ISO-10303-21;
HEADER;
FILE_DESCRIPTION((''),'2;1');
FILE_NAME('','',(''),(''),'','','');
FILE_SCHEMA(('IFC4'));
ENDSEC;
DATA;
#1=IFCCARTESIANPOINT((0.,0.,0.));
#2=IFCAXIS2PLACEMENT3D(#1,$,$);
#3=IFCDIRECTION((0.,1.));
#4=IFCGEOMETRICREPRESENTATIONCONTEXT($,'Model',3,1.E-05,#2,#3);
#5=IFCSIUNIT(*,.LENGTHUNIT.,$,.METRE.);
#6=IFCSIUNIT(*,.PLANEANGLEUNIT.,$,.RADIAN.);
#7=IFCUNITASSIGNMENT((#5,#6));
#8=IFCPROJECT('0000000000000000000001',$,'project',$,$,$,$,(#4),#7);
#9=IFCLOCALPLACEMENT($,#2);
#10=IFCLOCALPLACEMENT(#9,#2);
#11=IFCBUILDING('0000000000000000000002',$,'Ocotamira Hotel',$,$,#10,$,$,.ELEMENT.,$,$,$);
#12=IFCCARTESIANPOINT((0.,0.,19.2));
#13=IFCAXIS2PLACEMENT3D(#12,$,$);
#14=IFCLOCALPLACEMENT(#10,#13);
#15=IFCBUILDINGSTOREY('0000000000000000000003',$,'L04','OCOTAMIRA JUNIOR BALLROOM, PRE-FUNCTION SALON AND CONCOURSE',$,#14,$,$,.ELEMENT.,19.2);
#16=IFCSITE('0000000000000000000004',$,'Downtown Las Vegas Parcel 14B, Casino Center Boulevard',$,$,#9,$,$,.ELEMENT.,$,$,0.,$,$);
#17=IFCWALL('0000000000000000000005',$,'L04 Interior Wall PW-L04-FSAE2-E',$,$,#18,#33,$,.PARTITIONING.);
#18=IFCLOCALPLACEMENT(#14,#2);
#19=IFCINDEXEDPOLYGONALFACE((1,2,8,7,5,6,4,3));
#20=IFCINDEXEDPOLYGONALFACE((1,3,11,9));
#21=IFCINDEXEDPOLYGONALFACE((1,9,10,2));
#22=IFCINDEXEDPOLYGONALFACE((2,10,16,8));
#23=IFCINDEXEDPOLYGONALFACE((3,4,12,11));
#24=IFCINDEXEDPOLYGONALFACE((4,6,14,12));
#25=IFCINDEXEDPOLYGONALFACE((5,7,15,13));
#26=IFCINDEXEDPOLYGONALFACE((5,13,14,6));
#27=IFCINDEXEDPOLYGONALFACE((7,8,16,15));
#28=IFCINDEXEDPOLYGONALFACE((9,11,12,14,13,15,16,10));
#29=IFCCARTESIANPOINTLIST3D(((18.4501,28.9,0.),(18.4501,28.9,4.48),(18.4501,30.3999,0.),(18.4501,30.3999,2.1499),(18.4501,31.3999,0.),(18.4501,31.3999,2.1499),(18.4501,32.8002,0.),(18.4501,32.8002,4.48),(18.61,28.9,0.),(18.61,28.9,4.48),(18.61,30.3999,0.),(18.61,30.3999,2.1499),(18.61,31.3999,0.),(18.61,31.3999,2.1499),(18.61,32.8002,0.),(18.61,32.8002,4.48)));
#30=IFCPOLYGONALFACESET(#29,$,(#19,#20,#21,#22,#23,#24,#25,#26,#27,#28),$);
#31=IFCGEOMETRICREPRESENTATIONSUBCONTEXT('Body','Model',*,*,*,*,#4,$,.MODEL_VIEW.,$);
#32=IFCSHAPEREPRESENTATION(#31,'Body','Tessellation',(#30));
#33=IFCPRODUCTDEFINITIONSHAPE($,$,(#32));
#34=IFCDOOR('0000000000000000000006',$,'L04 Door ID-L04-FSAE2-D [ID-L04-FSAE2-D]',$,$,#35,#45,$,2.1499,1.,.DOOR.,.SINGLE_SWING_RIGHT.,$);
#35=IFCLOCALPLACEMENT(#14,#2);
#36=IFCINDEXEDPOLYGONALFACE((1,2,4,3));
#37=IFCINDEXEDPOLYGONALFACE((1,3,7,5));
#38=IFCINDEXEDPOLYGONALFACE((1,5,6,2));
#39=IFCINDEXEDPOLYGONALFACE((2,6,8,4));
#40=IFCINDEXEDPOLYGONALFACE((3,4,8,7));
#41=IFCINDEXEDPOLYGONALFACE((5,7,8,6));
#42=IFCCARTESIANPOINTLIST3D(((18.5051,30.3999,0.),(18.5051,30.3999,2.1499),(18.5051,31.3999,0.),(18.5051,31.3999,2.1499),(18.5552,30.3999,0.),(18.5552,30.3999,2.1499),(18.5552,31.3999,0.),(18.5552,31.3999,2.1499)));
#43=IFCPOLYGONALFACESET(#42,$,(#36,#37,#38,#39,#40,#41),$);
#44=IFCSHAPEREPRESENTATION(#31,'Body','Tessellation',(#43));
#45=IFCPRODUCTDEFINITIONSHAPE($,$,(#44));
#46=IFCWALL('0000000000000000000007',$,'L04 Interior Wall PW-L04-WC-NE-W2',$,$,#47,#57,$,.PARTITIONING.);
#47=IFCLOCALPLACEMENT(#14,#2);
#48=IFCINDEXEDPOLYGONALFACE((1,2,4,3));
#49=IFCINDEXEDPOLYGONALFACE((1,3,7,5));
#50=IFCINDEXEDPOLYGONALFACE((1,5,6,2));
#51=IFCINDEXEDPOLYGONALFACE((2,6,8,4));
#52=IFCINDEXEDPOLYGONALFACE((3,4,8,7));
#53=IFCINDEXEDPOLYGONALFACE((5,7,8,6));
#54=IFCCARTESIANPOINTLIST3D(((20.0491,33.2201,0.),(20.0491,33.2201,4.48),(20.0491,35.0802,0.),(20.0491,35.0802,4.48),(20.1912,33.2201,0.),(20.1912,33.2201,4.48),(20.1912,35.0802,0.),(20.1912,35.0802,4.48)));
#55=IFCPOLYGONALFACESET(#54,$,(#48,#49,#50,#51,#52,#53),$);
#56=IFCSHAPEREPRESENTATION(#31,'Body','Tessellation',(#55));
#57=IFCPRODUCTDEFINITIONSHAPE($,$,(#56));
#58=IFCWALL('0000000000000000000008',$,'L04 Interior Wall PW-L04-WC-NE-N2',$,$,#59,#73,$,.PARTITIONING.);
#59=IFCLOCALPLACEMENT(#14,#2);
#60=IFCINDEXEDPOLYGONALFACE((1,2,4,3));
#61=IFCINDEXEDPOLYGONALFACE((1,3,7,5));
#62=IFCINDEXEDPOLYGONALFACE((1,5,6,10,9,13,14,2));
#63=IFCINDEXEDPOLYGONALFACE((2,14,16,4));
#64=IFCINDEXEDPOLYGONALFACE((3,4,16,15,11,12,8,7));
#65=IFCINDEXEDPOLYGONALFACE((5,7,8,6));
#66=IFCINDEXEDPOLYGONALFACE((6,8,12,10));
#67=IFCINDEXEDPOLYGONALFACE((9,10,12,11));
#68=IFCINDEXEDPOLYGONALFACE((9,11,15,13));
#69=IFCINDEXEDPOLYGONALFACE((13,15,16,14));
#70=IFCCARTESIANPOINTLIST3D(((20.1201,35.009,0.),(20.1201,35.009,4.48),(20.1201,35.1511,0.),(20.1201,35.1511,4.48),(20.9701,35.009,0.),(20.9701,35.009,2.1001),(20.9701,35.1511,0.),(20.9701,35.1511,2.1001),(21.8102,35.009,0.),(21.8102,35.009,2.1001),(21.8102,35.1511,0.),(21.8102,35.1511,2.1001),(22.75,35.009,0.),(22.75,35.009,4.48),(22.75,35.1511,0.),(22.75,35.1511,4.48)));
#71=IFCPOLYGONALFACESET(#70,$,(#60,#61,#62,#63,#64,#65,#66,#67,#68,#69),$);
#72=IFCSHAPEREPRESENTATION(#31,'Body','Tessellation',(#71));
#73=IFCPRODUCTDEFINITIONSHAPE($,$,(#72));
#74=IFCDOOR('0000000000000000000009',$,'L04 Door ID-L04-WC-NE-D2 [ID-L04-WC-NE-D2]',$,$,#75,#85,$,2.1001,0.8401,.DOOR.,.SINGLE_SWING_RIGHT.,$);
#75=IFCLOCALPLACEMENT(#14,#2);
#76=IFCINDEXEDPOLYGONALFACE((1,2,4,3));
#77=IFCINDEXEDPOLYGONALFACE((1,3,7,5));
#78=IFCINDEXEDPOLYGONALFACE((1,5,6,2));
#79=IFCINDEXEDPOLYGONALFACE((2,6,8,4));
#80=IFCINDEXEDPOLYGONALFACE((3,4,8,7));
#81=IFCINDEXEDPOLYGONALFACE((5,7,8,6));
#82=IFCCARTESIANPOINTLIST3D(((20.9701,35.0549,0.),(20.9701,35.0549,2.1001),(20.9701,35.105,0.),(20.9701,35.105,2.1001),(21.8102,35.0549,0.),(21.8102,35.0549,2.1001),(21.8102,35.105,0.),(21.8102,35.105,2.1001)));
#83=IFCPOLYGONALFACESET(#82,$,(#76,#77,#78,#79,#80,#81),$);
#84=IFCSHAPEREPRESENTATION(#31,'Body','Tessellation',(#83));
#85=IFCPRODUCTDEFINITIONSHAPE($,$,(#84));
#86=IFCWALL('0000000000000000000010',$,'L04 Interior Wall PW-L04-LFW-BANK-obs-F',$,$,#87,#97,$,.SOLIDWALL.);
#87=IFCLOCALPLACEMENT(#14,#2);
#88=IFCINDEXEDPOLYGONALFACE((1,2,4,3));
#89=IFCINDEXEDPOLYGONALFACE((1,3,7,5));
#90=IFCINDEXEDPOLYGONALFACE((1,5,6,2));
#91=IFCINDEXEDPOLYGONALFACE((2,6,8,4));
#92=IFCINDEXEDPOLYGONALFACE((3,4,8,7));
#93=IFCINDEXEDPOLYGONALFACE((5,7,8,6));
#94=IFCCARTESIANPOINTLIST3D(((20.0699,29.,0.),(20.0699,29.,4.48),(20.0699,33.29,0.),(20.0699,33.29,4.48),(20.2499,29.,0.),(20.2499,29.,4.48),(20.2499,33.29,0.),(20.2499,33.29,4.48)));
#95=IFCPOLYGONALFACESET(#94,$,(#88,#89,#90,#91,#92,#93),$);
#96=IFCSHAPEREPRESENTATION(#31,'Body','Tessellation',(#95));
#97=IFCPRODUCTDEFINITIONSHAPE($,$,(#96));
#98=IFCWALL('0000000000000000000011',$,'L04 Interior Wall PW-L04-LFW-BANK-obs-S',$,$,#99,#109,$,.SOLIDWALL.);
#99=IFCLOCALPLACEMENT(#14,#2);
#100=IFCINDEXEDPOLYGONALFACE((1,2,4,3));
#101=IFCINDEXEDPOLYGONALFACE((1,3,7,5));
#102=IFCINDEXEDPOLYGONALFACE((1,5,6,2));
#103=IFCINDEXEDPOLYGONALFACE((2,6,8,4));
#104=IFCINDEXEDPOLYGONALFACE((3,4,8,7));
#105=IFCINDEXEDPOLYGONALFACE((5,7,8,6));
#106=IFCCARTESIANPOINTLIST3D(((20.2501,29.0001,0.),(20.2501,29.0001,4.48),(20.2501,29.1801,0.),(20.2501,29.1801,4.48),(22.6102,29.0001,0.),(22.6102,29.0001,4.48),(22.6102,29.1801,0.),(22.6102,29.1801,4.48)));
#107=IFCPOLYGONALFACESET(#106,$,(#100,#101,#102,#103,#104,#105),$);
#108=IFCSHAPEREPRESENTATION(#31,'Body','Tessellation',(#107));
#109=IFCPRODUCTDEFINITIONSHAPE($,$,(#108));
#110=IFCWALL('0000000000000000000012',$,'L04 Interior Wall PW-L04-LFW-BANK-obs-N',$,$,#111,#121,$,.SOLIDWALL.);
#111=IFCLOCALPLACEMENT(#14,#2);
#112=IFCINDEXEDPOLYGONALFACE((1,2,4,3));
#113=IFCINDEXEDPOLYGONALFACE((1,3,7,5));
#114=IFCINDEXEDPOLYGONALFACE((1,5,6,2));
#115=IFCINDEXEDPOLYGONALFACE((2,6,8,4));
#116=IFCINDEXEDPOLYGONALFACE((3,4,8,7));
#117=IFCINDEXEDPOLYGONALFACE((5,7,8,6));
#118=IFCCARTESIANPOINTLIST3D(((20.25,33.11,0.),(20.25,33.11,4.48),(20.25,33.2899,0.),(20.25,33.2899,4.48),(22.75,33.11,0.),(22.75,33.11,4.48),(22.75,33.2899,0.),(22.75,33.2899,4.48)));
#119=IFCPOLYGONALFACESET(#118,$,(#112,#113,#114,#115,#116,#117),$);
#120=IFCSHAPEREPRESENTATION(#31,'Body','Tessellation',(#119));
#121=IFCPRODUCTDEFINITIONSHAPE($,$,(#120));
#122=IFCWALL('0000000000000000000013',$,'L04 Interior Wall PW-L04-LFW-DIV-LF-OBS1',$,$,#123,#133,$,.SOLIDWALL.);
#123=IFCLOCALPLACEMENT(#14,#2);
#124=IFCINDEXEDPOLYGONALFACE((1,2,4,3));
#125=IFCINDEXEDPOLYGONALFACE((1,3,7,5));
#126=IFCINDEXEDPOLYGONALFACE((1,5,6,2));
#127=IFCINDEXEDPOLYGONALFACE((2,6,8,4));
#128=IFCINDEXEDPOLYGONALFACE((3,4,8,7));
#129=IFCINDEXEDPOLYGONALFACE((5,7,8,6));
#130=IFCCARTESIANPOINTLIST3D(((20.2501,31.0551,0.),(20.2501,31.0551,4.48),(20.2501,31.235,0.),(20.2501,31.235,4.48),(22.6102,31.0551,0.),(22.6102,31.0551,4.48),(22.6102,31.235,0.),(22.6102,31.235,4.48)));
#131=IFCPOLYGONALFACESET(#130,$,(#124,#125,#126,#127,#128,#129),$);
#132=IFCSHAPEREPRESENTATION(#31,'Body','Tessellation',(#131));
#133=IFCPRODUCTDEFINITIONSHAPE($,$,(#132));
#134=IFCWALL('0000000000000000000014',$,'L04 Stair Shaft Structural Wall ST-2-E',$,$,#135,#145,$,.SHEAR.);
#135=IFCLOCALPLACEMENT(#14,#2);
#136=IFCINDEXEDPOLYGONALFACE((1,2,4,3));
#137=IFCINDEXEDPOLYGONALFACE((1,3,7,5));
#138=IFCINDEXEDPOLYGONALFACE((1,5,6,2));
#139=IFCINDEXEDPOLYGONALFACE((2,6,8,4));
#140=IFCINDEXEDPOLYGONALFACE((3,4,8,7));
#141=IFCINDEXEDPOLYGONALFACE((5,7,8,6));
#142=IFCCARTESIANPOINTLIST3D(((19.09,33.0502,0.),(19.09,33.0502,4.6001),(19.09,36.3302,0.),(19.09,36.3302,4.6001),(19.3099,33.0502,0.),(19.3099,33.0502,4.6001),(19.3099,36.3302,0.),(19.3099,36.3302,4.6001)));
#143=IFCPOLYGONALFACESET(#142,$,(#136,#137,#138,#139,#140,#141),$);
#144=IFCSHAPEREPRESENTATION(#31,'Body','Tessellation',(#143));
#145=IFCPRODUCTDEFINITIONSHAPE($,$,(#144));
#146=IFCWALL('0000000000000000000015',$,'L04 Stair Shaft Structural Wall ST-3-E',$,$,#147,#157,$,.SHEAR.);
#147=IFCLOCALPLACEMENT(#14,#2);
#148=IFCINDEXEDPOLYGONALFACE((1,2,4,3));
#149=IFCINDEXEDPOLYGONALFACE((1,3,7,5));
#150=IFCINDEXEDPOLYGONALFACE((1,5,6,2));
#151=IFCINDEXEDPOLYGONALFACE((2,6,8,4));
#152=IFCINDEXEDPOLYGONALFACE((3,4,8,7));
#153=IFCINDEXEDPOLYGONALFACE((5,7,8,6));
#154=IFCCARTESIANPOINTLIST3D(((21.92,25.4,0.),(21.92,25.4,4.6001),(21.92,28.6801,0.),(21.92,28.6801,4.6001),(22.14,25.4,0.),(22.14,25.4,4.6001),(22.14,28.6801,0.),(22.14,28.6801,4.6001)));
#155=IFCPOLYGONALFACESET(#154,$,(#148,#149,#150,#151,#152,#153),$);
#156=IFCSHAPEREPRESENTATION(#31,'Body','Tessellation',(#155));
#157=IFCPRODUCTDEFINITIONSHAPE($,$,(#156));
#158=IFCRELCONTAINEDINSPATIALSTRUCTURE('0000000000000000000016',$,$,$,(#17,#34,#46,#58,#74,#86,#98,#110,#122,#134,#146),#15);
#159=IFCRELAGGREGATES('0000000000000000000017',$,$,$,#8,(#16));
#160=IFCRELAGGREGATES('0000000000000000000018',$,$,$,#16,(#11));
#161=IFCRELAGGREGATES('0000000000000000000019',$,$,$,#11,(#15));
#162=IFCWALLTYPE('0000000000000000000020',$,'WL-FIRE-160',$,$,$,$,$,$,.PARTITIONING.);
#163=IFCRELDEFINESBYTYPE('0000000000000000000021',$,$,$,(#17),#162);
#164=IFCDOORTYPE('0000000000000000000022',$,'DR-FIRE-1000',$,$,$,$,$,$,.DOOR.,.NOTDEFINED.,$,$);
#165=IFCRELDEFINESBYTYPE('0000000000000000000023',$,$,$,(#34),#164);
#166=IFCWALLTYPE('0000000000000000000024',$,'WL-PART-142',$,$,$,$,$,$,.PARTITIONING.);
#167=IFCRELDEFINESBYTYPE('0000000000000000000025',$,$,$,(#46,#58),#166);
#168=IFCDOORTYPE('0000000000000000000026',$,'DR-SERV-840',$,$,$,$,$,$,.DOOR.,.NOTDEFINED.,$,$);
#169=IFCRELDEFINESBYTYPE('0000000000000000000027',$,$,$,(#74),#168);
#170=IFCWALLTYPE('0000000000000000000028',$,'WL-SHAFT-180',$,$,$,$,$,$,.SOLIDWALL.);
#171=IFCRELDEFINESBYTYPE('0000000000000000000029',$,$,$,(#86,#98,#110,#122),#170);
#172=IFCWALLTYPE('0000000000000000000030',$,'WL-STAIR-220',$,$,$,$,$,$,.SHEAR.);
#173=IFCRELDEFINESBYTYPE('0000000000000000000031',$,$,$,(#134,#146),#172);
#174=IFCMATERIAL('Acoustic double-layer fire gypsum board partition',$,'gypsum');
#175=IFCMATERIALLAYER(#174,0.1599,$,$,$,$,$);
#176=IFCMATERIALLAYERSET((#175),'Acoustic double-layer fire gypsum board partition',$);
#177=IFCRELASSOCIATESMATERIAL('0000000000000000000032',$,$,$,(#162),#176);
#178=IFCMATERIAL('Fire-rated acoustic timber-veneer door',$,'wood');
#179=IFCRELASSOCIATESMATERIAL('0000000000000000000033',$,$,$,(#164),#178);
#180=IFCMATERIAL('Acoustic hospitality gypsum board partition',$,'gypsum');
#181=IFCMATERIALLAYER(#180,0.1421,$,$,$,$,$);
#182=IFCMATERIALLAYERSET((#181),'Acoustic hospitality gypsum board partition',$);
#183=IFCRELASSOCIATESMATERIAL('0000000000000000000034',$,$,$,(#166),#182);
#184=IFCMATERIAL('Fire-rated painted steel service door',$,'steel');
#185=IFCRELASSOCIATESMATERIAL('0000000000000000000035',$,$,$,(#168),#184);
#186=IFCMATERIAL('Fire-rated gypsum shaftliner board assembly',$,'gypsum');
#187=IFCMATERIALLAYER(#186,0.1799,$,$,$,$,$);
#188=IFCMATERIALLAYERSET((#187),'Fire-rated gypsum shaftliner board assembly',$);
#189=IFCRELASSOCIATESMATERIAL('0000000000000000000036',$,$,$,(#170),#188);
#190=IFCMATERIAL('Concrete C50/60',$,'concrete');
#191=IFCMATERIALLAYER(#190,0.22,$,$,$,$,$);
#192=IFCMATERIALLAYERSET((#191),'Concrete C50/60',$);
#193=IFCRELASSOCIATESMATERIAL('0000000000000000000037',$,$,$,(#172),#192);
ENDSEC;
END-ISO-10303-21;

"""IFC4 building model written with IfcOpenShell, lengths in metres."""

from ifc_helpers import new_model, si_unit, direction, frame, frame_2d, origin, place, context, subcontext, project, spatial, rectangle, extrude, source, transform, mapped, material, layer, layer_set, type_object, element, fill, save


model = new_model("IFC4")

# Units and contexts
model_context = context("Model", 3, precision=1e-05, world=origin(), true_north=direction((0.0, 1.0)))
body_context = subcontext(model_context, "Body", "Model", "MODEL_VIEW")
ifc_project = project(units=[si_unit("LENGTHUNIT", "METRE"), si_unit("PLANEANGLEUNIT", "RADIAN")], contexts=[model_context])

# Site, building, storey
site_placement = place(None, origin())
site = spatial("IfcSite", under=ifc_project, at=site_placement, Name="Downtown Las Vegas Parcel 14B, Casino Center Boulevard", CompositionType="ELEMENT", RefElevation=0.0)
building_placement = place(site_placement, origin())
building = spatial("IfcBuilding", under=site, at=building_placement, Name="Ocotamira Hotel", CompositionType="ELEMENT")
storey_placement = place(building_placement, frame((0.0, 0.0, 19.2)))
storey = spatial("IfcBuildingStorey", under=building, at=storey_placement, Name="L04", Description="OCOTAMIRA JUNIOR BALLROOM, PRE-FUNCTION SALON AND CONCOURSE", CompositionType="ELEMENT", Elevation=19.2)

# Wall, opening, door
ifc_material_1 = material(Name="Acoustic double-layer fire gypsum board partition", Category="gypsum")
ifc_layer_1 = layer(ifc_material_1, 0.1599)
ifc_layer_set_1 = layer_set([ifc_layer_1], Name="Acoustic double-layer fire gypsum board partition")
wall_type_1 = type_object("IfcWallType", Name="WL-FIRE-160", PredefinedType="PARTITIONING", material=ifc_layer_set_1)
wall_1_placement = place(storey_placement, frame((18.53, 28.8999, 0.0), z_axis=(0.0, 0.0, 1.0), x_axis=(0.0, 1.0, 0.0)))
wall_1 = element("IfcWall", 1, at=wall_1_placement, inside=storey, type_object=wall_type_1, Name="L04 Interior Wall PW-L04-FSAE2-E", PredefinedType="PARTITIONING", context=body_context, shape_type="SweptSolid", body=[
    extrude(rectangle(XDim=3.9001, YDim=0.1599, at=frame_2d((1.9502, 0.0))), origin(), (0.0, 0.0, 1.0), 4.48),
])
opening_1_placement = place(wall_1_placement, frame((1.5, 0.0, 0.0)))
opening_1 = element("IfcOpeningElement", 2, at=opening_1_placement, cuts=wall_1, PredefinedType="OPENING", context=body_context, shape_type="SweptSolid", body=[
    extrude(rectangle(XDim=1.0, YDim=2.1499, at=frame_2d((0.5, 1.075))), frame((0.0, 0.0898, 0.0), z_axis=(0.0, -1.0, 0.0), x_axis=(1.0, 0.0, 0.0)), (0.0, 0.0, 1.0), 0.1799),
])
ifc_material_2 = material(Name="Fire-rated acoustic timber-veneer door", Category="wood")
door_type_1 = type_object("IfcDoorType", Name="DR-FIRE-1000", OperationType="NOTDEFINED", PredefinedType="DOOR", material=ifc_material_2)
shared_shape_1 = source(origin(), body_context, "Body", "SweptSolid", [
    extrude(rectangle(XDim=1.0, YDim=2.1499, at=frame_2d((0.5, 1.075))), frame((0.0, 0.0249, 0.0), z_axis=(0.0, -1.0, 0.0), x_axis=(1.0, 0.0, 0.0)), (0.0, 0.0, 1.0), 0.05),
])
door_1_placement = place(opening_1_placement, origin())
door_1 = element("IfcDoor", 3, at=door_1_placement, inside=storey, type_object=door_type_1, Name="L04 Door ID-L04-FSAE2-D [ID-L04-FSAE2-D]", OperationType="SINGLE_SWING_RIGHT", OverallHeight=2.1499, OverallWidth=1.0, PredefinedType="DOOR", context=body_context, shape_type="MappedRepresentation", body=[
    mapped(shared_shape_1, transform((0.0, 0.0, 0.0), scale=1.0)),
])
fill(opening_1, door_1)

# Wall
ifc_material_3 = material(Name="Acoustic hospitality gypsum board partition", Category="gypsum")
ifc_layer_2 = layer(ifc_material_3, 0.1421)
ifc_layer_set_2 = layer_set([ifc_layer_2], Name="Acoustic hospitality gypsum board partition")
wall_type_2 = type_object("IfcWallType", Name="WL-PART-142", PredefinedType="PARTITIONING", material=ifc_layer_set_2)
wall_2_placement = place(storey_placement, frame((20.1201, 33.22, 0.0), z_axis=(0.0, 0.0, 1.0), x_axis=(0.0, 1.0, 0.0)))
element("IfcWall", 4, at=wall_2_placement, inside=storey, type_object=wall_type_2, Name="L04 Interior Wall PW-L04-WC-NE-W2", PredefinedType="PARTITIONING", context=body_context, shape_type="SweptSolid", body=[
    extrude(rectangle(XDim=1.8601, YDim=0.1421, at=frame_2d((0.9302, 0.0))), origin(), (0.0, 0.0, 1.0), 4.48),
])

# Wall, opening, door
wall_3_placement = place(storey_placement, frame((20.1201, 35.0801, 0.0), z_axis=(0.0, 0.0, 1.0), x_axis=(1.0, 0.0, 0.0)))
wall_3 = element("IfcWall", 5, at=wall_3_placement, inside=storey, type_object=wall_type_2, Name="L04 Interior Wall PW-L04-WC-NE-N2", PredefinedType="PARTITIONING", context=body_context, shape_type="SweptSolid", body=[
    extrude(rectangle(XDim=2.6299, YDim=0.1421, at=frame_2d((1.3149, 0.0))), origin(), (0.0, 0.0, 1.0), 4.48),
])
opening_2_placement = place(wall_3_placement, frame((0.8501, 0.0, 0.0)))
opening_2 = element("IfcOpeningElement", 6, at=opening_2_placement, cuts=wall_3, PredefinedType="OPENING", context=body_context, shape_type="SweptSolid", body=[
    extrude(rectangle(XDim=0.8401, YDim=2.1001, at=frame_2d((0.4199, 1.05))), frame((0.0, 0.0811, 0.0), z_axis=(0.0, -1.0, 0.0), x_axis=(1.0, 0.0, 0.0)), (0.0, 0.0, 1.0), 0.1621),
])
ifc_material_4 = material(Name="Fire-rated painted steel service door", Category="steel")
door_type_2 = type_object("IfcDoorType", Name="DR-SERV-840", OperationType="NOTDEFINED", PredefinedType="DOOR", material=ifc_material_4)
shared_shape_2 = source(origin(), body_context, "Body", "SweptSolid", [
    extrude(rectangle(XDim=0.8401, YDim=2.1001, at=frame_2d((0.4199, 1.05))), frame((0.0, 0.0249, 0.0), z_axis=(0.0, -1.0, 0.0), x_axis=(1.0, 0.0, 0.0)), (0.0, 0.0, 1.0), 0.05),
])
door_2_placement = place(opening_2_placement, origin())
door_2 = element("IfcDoor", 7, at=door_2_placement, inside=storey, type_object=door_type_2, Name="L04 Door ID-L04-WC-NE-D2 [ID-L04-WC-NE-D2]", OperationType="SINGLE_SWING_RIGHT", OverallHeight=2.1001, OverallWidth=0.8401, PredefinedType="DOOR", context=body_context, shape_type="MappedRepresentation", body=[
    mapped(shared_shape_2, transform((0.0, 0.0, 0.0), scale=1.0)),
])
fill(opening_2, door_2)

# Walls
ifc_material_5 = material(Name="Fire-rated gypsum shaftliner board assembly", Category="gypsum")
ifc_layer_3 = layer(ifc_material_5, 0.1799)
ifc_layer_set_3 = layer_set([ifc_layer_3], Name="Fire-rated gypsum shaftliner board assembly")
wall_type_3 = type_object("IfcWallType", Name="WL-SHAFT-180", PredefinedType="SOLIDWALL", material=ifc_layer_set_3)
wall_4_placement = place(storey_placement, frame((20.1599, 29.0, 0.0), z_axis=(0.0, 0.0, 1.0), x_axis=(0.0, 1.0, 0.0)))
element("IfcWall", 8, at=wall_4_placement, inside=storey, type_object=wall_type_3, Name="L04 Interior Wall PW-L04-LFW-BANK-obs-F", PredefinedType="SOLIDWALL", context=body_context, shape_type="SweptSolid", body=[
    extrude(rectangle(XDim=4.29, YDim=0.1799, at=frame_2d((2.145, 0.0))), origin(), (0.0, 0.0, 1.0), 4.48),
])
wall_5_placement = place(storey_placement, frame((20.25, 29.0901, 0.0), z_axis=(0.0, 0.0, 1.0), x_axis=(1.0, 0.0, 0.0)))
element("IfcWall", 9, at=wall_5_placement, inside=storey, type_object=wall_type_3, Name="L04 Interior Wall PW-L04-LFW-BANK-obs-S", PredefinedType="SOLIDWALL", context=body_context, shape_type="SweptSolid", body=[
    extrude(rectangle(XDim=2.3601, YDim=0.1799, at=frame_2d((1.1802, 0.0))), origin(), (0.0, 0.0, 1.0), 4.48),
])
wall_6_placement = place(storey_placement, frame((20.25, 33.2, 0.0), z_axis=(0.0, 0.0, 1.0), x_axis=(1.0, 0.0, 0.0)))
element("IfcWall", 10, at=wall_6_placement, inside=storey, type_object=wall_type_3, Name="L04 Interior Wall PW-L04-LFW-BANK-obs-N", PredefinedType="SOLIDWALL", context=body_context, shape_type="SweptSolid", body=[
    extrude(rectangle(XDim=2.5, YDim=0.1799, at=frame_2d((1.25, 0.0))), origin(), (0.0, 0.0, 1.0), 4.48),
])
wall_7_placement = place(storey_placement, frame((20.25, 31.145, 0.0), z_axis=(0.0, 0.0, 1.0), x_axis=(1.0, 0.0, 0.0)))
element("IfcWall", 11, at=wall_7_placement, inside=storey, type_object=wall_type_3, Name="L04 Interior Wall PW-L04-LFW-DIV-LF-OBS1", PredefinedType="SOLIDWALL", context=body_context, shape_type="SweptSolid", body=[
    extrude(rectangle(XDim=2.3601, YDim=0.1799, at=frame_2d((1.1802, 0.0))), origin(), (0.0, 0.0, 1.0), 4.48),
])
ifc_material_6 = material(Name="Concrete C50/60", Category="concrete")
ifc_layer_4 = layer(ifc_material_6, 0.22)
ifc_layer_set_4 = layer_set([ifc_layer_4], Name="Concrete C50/60")
wall_type_4 = type_object("IfcWallType", Name="WL-STAIR-220", PredefinedType="SHEAR", material=ifc_layer_set_4)
for number, where, z_axis, x_axis, name in (
    (12, (19.2, 33.05, 0.0), (0.0, 0.0, 1.0), (0.0, 1.0, 0.0), "L04 Stair Shaft Structural Wall ST-2-E"),
    (13, (22.03, 25.3999, 0.0), (0.0, 0.0, 1.0), (0.0, 1.0, 0.0), "L04 Stair Shaft Structural Wall ST-3-E"),
):
    element("IfcWall", number, at=place(storey_placement, frame(where, z_axis=z_axis, x_axis=x_axis)), inside=storey, type_object=wall_type_4, Name=name, PredefinedType="SHEAR", context=body_context, shape_type="SweptSolid", body=[
        extrude(rectangle(XDim=3.28, YDim=0.22, at=frame_2d((1.6401, 0.0))), origin(), (0.0, 0.0, 1.0), 4.6001),
    ])

save(model, "model.ifc")
